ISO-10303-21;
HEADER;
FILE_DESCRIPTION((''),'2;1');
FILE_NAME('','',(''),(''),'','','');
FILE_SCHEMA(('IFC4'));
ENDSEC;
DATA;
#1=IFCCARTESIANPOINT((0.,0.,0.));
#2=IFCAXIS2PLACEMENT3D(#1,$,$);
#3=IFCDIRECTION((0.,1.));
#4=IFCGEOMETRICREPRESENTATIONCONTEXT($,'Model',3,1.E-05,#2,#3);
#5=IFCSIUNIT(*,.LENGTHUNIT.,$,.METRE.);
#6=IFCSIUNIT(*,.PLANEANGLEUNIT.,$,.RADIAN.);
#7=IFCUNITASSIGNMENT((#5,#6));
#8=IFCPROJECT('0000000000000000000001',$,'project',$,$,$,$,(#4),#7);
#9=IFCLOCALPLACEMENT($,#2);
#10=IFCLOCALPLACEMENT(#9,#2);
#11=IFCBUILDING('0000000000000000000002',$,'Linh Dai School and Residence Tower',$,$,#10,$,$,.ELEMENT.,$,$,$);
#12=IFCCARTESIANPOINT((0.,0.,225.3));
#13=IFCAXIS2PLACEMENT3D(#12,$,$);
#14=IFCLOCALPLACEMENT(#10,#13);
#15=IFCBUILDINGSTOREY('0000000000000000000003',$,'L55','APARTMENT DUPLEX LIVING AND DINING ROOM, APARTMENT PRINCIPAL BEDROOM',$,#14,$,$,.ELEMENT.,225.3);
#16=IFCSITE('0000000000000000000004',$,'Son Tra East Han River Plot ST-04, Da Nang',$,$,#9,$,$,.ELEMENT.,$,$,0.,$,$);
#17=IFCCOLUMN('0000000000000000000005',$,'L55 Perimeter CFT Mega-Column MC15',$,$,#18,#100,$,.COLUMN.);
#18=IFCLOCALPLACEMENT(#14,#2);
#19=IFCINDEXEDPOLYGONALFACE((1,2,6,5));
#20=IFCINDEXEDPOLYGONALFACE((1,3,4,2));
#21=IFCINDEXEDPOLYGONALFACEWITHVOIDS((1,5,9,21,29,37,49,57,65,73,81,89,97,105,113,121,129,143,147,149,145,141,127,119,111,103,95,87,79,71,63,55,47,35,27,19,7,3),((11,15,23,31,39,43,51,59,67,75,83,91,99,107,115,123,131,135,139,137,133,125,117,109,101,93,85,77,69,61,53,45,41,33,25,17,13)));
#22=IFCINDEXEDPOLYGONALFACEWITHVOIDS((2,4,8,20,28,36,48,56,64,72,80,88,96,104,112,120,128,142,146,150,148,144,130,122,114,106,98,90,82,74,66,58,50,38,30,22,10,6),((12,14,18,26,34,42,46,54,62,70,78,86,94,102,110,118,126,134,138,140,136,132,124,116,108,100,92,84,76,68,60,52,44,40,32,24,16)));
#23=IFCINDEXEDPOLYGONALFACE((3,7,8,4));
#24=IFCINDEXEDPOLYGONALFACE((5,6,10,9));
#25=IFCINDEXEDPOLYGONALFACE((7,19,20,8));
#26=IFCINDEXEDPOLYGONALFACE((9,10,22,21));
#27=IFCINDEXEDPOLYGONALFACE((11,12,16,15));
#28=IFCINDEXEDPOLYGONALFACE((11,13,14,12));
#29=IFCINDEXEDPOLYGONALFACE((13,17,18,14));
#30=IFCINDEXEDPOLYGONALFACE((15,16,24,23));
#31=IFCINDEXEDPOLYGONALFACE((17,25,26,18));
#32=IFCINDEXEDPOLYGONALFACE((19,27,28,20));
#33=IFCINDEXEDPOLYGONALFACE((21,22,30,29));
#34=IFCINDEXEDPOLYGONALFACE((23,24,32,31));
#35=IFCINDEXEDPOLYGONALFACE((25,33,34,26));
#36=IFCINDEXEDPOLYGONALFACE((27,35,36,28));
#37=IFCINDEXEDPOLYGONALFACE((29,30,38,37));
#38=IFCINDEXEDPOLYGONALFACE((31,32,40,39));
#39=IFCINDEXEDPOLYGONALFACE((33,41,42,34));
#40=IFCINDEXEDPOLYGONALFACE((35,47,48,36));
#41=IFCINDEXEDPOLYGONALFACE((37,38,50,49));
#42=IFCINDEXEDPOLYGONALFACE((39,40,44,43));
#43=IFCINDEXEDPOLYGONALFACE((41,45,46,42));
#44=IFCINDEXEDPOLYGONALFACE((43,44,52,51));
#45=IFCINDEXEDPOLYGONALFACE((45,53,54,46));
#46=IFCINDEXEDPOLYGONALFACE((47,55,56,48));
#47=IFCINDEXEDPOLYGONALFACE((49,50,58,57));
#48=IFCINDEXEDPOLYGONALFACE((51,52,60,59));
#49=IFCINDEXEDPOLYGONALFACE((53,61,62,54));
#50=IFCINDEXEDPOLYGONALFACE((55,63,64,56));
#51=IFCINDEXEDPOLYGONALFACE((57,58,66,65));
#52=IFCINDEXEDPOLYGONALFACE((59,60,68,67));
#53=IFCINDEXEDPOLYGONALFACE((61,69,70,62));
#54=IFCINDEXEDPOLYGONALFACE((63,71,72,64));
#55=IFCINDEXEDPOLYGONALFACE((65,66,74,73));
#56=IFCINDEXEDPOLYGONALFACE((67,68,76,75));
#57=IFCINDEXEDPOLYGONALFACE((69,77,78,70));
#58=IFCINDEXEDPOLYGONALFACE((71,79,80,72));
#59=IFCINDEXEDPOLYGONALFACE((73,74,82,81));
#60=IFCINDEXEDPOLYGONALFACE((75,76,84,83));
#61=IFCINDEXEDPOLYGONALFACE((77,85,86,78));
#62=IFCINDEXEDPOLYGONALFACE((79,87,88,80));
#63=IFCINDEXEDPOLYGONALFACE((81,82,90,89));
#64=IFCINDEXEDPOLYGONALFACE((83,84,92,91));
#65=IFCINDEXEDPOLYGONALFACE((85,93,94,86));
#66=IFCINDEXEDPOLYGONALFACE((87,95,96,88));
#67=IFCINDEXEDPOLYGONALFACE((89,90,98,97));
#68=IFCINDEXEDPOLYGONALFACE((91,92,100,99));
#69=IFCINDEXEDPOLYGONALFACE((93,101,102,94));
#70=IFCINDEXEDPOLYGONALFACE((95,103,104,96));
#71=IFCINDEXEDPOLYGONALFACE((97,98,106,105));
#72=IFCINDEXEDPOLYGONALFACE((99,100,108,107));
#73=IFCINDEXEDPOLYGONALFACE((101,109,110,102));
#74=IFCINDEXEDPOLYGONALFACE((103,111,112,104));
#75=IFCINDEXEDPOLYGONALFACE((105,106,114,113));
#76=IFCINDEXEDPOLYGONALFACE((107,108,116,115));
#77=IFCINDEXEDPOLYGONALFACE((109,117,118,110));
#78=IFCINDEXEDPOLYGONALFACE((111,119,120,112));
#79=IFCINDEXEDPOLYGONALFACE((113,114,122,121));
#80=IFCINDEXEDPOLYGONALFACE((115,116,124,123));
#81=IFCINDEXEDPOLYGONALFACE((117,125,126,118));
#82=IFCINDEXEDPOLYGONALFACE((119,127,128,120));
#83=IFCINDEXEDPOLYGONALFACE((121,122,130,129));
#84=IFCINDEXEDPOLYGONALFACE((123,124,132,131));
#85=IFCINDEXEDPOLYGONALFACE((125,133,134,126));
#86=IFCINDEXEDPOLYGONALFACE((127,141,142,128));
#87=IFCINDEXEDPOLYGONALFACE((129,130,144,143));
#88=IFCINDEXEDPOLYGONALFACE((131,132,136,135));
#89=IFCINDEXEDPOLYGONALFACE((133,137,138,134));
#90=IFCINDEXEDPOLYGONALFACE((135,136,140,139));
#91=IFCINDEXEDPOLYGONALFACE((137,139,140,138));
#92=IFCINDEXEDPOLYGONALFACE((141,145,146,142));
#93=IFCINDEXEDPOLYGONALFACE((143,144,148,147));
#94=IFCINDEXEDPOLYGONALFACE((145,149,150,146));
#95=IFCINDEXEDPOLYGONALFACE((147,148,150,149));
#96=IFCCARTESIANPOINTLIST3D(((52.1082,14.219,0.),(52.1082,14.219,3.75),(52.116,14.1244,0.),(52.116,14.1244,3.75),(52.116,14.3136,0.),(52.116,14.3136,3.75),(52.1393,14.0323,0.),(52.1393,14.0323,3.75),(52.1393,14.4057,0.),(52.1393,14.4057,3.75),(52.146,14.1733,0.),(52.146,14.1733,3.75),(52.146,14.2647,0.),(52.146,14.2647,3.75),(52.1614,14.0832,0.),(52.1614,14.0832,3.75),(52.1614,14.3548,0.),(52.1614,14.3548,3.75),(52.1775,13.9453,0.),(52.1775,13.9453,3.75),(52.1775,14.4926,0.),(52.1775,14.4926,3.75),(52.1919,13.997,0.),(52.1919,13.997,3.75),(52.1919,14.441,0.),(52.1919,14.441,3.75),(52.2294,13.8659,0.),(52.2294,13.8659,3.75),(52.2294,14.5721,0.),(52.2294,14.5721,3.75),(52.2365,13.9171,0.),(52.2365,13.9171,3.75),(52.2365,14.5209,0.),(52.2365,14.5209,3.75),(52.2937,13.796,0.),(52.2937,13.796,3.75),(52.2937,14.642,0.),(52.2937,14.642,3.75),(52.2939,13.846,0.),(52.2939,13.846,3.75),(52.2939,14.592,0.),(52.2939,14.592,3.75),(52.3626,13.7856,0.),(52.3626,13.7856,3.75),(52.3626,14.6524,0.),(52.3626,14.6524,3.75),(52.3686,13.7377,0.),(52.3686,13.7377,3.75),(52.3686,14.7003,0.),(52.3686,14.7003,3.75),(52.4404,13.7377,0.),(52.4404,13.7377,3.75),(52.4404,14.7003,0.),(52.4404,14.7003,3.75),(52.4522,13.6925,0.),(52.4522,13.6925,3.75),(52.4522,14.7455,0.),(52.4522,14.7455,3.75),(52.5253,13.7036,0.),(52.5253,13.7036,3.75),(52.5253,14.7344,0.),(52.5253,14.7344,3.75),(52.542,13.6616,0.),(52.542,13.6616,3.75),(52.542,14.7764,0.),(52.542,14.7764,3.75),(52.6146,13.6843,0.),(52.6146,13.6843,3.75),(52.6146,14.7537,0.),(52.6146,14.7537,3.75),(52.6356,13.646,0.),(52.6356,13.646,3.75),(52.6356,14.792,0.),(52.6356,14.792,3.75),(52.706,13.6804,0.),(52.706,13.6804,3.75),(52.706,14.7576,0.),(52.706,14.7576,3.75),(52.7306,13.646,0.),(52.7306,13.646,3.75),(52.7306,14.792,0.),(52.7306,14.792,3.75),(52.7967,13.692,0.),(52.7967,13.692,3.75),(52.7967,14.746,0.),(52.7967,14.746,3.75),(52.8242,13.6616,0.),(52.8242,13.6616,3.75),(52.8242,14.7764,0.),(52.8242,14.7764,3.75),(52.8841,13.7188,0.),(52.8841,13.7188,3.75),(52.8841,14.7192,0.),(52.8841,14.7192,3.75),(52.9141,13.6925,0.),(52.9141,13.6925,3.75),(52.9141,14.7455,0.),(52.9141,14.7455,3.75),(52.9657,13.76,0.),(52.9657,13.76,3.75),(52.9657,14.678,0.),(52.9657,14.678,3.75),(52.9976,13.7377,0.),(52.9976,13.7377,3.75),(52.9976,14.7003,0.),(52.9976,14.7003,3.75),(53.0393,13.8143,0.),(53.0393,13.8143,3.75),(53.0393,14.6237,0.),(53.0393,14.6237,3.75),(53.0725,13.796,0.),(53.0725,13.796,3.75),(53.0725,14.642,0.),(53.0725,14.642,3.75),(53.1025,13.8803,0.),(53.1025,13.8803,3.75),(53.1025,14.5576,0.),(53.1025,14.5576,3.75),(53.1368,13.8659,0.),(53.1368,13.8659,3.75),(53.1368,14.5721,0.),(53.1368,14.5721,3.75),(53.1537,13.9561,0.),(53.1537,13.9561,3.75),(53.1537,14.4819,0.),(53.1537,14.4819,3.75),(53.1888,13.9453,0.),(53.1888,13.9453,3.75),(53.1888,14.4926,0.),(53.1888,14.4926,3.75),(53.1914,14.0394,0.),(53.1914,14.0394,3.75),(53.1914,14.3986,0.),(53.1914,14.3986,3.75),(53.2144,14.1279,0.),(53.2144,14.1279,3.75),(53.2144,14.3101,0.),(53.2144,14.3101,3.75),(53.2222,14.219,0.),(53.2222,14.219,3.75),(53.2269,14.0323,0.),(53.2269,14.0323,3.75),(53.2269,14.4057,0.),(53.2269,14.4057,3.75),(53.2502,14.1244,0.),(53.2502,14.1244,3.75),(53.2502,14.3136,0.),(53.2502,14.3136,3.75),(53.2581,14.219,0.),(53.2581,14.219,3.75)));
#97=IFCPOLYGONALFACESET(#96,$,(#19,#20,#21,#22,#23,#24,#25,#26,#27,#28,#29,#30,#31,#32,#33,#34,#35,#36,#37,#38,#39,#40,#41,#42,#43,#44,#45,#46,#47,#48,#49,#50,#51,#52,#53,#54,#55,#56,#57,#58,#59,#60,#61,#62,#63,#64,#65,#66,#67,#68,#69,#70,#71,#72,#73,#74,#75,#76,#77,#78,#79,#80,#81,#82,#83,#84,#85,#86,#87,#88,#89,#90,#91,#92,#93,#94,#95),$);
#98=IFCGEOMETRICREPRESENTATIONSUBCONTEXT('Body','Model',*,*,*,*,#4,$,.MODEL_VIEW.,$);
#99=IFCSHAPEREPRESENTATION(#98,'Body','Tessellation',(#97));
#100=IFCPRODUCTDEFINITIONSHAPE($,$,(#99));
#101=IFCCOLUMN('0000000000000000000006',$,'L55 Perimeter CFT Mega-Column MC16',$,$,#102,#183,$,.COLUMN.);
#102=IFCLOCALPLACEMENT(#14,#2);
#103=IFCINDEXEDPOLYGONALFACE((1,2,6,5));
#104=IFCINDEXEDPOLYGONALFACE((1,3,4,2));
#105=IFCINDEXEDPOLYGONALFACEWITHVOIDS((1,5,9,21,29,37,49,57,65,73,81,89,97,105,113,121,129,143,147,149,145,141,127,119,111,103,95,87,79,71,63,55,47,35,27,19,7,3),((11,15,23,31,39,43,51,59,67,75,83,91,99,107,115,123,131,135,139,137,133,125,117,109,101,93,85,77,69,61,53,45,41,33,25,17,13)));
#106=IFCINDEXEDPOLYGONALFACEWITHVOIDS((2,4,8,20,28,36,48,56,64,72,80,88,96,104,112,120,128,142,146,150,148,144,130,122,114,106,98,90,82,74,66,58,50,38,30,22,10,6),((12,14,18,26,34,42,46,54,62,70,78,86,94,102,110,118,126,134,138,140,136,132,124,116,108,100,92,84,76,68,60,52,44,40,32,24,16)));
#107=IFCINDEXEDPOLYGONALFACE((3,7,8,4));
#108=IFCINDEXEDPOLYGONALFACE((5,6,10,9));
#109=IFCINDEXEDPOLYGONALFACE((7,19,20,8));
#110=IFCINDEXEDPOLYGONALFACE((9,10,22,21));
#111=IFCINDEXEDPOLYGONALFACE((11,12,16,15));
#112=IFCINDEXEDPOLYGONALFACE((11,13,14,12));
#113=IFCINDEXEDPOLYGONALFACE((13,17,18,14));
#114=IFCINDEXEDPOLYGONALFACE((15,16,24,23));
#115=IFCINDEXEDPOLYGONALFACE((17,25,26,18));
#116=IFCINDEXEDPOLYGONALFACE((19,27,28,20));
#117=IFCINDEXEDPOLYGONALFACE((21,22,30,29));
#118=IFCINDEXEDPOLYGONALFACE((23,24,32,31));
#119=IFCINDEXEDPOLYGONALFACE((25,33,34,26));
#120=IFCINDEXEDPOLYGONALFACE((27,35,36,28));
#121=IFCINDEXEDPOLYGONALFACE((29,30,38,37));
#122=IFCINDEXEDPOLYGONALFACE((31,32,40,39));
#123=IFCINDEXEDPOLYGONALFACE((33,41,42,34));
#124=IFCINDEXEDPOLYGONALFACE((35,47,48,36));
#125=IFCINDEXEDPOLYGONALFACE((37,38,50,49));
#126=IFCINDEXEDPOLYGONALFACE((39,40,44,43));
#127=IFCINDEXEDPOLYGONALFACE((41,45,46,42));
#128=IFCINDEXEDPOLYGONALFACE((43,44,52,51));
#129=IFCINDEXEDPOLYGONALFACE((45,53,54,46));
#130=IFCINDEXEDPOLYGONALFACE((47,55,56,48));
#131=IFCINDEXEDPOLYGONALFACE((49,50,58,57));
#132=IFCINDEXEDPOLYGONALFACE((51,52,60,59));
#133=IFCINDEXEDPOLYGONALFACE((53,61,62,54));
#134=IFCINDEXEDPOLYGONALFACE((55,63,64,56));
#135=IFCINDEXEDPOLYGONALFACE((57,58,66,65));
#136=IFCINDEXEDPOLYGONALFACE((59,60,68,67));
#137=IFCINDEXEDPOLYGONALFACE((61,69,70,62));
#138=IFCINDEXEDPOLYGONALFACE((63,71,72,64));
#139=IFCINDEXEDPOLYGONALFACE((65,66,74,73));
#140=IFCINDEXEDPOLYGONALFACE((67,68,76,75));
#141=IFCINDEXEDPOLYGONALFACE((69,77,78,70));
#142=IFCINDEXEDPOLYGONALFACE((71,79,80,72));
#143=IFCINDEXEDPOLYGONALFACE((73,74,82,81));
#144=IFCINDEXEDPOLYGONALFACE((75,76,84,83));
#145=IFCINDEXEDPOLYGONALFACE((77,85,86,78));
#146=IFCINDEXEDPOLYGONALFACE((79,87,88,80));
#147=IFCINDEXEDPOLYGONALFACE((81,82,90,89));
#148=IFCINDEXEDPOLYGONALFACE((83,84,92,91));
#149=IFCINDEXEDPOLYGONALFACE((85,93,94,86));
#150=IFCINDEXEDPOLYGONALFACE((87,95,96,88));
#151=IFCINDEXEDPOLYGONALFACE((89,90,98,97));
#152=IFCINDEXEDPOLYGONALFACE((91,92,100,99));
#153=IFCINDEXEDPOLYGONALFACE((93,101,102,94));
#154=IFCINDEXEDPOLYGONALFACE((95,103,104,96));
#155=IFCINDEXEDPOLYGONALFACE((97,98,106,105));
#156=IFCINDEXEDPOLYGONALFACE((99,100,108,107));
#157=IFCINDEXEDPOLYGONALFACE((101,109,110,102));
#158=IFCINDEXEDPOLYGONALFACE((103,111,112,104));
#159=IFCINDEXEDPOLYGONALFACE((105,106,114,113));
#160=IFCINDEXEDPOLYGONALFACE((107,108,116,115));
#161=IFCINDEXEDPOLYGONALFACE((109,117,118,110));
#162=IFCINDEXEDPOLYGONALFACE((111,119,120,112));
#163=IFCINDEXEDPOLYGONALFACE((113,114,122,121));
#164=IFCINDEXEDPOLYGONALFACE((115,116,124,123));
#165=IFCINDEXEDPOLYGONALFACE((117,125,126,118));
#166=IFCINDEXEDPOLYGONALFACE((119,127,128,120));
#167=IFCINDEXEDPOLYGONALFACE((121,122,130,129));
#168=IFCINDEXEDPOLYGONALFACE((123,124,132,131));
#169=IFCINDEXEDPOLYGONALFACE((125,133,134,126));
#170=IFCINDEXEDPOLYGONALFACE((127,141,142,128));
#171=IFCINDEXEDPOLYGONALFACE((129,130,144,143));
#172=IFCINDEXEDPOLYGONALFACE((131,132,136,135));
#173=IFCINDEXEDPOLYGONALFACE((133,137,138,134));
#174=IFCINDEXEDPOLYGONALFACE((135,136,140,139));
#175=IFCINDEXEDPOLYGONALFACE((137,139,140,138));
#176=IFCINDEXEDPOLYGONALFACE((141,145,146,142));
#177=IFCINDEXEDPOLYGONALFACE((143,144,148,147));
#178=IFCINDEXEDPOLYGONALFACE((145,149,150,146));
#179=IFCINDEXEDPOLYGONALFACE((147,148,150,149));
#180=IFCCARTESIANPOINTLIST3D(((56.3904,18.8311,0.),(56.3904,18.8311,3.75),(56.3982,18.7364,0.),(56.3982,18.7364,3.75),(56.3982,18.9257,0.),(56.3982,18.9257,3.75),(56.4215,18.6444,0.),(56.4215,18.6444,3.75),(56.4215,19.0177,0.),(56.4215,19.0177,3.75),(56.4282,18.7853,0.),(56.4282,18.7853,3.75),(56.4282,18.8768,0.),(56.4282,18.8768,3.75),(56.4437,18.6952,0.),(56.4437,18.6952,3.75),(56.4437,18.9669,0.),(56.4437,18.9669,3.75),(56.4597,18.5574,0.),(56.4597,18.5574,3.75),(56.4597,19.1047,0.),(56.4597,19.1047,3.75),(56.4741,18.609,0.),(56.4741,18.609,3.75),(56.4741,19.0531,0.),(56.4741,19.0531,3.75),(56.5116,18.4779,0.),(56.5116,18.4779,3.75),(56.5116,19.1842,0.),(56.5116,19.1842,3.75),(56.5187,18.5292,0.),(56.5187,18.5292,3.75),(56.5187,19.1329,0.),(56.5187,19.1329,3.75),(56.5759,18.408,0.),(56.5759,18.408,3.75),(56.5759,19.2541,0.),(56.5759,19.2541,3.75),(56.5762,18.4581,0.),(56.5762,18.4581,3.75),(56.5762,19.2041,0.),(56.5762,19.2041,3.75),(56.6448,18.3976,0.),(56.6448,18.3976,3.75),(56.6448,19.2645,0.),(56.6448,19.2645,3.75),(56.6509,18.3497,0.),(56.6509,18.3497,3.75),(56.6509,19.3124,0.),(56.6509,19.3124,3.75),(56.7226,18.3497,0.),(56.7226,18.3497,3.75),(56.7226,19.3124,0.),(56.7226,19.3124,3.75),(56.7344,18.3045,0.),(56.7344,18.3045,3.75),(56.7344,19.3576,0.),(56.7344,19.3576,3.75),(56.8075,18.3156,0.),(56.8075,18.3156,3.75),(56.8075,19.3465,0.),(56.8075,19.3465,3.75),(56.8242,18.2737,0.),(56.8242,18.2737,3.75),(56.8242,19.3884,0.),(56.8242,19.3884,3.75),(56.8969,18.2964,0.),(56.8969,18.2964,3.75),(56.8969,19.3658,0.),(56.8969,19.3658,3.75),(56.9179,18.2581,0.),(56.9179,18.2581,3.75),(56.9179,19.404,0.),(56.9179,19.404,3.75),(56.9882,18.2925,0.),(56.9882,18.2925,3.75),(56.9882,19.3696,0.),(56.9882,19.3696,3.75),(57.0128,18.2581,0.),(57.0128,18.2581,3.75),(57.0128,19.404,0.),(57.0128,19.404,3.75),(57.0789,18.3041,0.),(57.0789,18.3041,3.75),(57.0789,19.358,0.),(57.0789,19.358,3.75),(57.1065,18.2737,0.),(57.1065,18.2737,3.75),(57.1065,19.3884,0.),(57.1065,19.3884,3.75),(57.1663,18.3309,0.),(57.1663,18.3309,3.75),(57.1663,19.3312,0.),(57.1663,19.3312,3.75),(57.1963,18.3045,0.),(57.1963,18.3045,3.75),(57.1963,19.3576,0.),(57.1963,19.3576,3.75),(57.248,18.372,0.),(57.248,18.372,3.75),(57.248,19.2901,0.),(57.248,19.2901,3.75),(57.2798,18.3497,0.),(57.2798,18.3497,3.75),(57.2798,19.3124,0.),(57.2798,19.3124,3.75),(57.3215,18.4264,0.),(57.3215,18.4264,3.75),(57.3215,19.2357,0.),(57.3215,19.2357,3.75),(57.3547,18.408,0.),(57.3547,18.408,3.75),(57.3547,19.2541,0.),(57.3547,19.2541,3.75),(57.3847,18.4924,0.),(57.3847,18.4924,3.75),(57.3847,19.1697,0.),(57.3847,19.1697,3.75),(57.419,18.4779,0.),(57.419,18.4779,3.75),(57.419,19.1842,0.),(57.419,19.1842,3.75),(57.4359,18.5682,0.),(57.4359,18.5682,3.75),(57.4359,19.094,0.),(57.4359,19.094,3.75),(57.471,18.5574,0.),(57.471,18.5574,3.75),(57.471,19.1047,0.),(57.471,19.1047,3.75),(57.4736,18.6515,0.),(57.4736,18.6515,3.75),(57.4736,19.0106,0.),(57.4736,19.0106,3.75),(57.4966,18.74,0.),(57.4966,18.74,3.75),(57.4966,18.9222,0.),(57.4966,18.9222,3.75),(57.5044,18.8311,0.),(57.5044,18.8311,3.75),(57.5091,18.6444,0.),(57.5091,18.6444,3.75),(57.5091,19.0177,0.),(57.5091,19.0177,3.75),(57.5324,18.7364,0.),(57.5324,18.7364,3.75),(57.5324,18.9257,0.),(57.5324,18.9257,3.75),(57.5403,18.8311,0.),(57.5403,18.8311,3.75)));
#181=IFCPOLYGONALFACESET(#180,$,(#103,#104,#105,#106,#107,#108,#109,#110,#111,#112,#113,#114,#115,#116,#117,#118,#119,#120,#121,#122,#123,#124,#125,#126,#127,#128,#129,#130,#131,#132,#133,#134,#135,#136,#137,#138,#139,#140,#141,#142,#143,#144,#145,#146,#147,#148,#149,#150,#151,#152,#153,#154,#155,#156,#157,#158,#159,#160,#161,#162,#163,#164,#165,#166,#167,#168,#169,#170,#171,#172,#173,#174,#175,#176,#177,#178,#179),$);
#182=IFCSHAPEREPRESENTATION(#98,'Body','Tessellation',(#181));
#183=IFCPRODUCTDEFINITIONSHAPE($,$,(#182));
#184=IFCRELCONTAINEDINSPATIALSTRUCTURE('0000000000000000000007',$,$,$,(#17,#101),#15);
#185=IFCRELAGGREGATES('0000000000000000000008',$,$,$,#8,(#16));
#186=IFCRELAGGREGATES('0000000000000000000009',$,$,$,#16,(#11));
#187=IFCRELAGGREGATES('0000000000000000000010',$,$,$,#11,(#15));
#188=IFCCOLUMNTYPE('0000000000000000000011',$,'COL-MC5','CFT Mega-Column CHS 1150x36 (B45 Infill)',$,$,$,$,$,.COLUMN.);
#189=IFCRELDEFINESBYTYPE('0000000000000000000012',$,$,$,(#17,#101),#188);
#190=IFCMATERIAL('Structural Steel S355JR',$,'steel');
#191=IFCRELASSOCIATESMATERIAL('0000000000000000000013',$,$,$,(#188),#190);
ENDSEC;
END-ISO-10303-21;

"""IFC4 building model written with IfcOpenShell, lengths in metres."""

from ifc_helpers import new_model, si_unit, direction, frame, origin, origin_2d, place, context, subcontext, project, spatial, hollow_circle, extrude, material, material_profile, profile_set, type_object, element, save


model = new_model("IFC4")

# Units and contexts
model_context = context("Model", 3, precision=1e-05, world=origin(), true_north=direction((0.0, 1.0)))
body_context = subcontext(model_context, "Body", "Model", "MODEL_VIEW")
ifc_project = project(units=[si_unit("LENGTHUNIT", "METRE"), si_unit("PLANEANGLEUNIT", "RADIAN")], contexts=[model_context])

# Site, building, storey
site_placement = place(None, origin())
site = spatial("IfcSite", under=ifc_project, at=site_placement, Name="Son Tra East Han River Plot ST-04, Da Nang", CompositionType="ELEMENT", RefElevation=0.0)
building_placement = place(site_placement, origin())
building = spatial("IfcBuilding", under=site, at=building_placement, Name="Linh Dai School and Residence Tower", CompositionType="ELEMENT")
storey_placement = place(building_placement, frame((0.0, 0.0, 225.3)))
storey = spatial("IfcBuildingStorey", under=building, at=storey_placement, Name="L55", Description="APARTMENT DUPLEX LIVING AND DINING ROOM, APARTMENT PRINCIPAL BEDROOM", CompositionType="ELEMENT", Elevation=225.3)

# Columns
ifc_material_1 = material(Name="Structural Steel S355JR", Category="steel")
ifc_material_profile_1 = material_profile(ifc_material_1, hollow_circle(Radius=0.575, WallThickness=0.0359, at=origin_2d()), Name="CHS 1150x36")
ifc_profile_set_1 = profile_set([ifc_material_profile_1], Name="Structural Steel S355JR")
column_type = type_object("IfcColumnType", Name="COL-MC5", Description="CFT Mega-Column CHS 1150x36 (B45 Infill)", PredefinedType="COLUMN", material=ifc_profile_set_1)
for number, where, z_axis, x_axis, name in (
    (1, (52.6831, 14.219, 0.0), (0.0, 0.0, 1.0), (1.0, 0.0, 0.0), "L55 Perimeter CFT Mega-Column MC15"),
    (2, (56.9653, 18.8311, 0.0), (0.0, 0.0, 1.0), (1.0, 0.0, 0.0), "L55 Perimeter CFT Mega-Column MC16"),
):
    element("IfcColumn", number, at=place(storey_placement, frame(where, z_axis=z_axis, x_axis=x_axis)), inside=storey, type_object=column_type, Name=name, PredefinedType="COLUMN", context=body_context, shape_type="SweptSolid", body=[
        extrude(hollow_circle(Radius=0.575, WallThickness=0.0359, at=origin_2d()), origin(), (0.0, 0.0, 1.0), 3.75),
    ])

save(model, "model.ifc")
